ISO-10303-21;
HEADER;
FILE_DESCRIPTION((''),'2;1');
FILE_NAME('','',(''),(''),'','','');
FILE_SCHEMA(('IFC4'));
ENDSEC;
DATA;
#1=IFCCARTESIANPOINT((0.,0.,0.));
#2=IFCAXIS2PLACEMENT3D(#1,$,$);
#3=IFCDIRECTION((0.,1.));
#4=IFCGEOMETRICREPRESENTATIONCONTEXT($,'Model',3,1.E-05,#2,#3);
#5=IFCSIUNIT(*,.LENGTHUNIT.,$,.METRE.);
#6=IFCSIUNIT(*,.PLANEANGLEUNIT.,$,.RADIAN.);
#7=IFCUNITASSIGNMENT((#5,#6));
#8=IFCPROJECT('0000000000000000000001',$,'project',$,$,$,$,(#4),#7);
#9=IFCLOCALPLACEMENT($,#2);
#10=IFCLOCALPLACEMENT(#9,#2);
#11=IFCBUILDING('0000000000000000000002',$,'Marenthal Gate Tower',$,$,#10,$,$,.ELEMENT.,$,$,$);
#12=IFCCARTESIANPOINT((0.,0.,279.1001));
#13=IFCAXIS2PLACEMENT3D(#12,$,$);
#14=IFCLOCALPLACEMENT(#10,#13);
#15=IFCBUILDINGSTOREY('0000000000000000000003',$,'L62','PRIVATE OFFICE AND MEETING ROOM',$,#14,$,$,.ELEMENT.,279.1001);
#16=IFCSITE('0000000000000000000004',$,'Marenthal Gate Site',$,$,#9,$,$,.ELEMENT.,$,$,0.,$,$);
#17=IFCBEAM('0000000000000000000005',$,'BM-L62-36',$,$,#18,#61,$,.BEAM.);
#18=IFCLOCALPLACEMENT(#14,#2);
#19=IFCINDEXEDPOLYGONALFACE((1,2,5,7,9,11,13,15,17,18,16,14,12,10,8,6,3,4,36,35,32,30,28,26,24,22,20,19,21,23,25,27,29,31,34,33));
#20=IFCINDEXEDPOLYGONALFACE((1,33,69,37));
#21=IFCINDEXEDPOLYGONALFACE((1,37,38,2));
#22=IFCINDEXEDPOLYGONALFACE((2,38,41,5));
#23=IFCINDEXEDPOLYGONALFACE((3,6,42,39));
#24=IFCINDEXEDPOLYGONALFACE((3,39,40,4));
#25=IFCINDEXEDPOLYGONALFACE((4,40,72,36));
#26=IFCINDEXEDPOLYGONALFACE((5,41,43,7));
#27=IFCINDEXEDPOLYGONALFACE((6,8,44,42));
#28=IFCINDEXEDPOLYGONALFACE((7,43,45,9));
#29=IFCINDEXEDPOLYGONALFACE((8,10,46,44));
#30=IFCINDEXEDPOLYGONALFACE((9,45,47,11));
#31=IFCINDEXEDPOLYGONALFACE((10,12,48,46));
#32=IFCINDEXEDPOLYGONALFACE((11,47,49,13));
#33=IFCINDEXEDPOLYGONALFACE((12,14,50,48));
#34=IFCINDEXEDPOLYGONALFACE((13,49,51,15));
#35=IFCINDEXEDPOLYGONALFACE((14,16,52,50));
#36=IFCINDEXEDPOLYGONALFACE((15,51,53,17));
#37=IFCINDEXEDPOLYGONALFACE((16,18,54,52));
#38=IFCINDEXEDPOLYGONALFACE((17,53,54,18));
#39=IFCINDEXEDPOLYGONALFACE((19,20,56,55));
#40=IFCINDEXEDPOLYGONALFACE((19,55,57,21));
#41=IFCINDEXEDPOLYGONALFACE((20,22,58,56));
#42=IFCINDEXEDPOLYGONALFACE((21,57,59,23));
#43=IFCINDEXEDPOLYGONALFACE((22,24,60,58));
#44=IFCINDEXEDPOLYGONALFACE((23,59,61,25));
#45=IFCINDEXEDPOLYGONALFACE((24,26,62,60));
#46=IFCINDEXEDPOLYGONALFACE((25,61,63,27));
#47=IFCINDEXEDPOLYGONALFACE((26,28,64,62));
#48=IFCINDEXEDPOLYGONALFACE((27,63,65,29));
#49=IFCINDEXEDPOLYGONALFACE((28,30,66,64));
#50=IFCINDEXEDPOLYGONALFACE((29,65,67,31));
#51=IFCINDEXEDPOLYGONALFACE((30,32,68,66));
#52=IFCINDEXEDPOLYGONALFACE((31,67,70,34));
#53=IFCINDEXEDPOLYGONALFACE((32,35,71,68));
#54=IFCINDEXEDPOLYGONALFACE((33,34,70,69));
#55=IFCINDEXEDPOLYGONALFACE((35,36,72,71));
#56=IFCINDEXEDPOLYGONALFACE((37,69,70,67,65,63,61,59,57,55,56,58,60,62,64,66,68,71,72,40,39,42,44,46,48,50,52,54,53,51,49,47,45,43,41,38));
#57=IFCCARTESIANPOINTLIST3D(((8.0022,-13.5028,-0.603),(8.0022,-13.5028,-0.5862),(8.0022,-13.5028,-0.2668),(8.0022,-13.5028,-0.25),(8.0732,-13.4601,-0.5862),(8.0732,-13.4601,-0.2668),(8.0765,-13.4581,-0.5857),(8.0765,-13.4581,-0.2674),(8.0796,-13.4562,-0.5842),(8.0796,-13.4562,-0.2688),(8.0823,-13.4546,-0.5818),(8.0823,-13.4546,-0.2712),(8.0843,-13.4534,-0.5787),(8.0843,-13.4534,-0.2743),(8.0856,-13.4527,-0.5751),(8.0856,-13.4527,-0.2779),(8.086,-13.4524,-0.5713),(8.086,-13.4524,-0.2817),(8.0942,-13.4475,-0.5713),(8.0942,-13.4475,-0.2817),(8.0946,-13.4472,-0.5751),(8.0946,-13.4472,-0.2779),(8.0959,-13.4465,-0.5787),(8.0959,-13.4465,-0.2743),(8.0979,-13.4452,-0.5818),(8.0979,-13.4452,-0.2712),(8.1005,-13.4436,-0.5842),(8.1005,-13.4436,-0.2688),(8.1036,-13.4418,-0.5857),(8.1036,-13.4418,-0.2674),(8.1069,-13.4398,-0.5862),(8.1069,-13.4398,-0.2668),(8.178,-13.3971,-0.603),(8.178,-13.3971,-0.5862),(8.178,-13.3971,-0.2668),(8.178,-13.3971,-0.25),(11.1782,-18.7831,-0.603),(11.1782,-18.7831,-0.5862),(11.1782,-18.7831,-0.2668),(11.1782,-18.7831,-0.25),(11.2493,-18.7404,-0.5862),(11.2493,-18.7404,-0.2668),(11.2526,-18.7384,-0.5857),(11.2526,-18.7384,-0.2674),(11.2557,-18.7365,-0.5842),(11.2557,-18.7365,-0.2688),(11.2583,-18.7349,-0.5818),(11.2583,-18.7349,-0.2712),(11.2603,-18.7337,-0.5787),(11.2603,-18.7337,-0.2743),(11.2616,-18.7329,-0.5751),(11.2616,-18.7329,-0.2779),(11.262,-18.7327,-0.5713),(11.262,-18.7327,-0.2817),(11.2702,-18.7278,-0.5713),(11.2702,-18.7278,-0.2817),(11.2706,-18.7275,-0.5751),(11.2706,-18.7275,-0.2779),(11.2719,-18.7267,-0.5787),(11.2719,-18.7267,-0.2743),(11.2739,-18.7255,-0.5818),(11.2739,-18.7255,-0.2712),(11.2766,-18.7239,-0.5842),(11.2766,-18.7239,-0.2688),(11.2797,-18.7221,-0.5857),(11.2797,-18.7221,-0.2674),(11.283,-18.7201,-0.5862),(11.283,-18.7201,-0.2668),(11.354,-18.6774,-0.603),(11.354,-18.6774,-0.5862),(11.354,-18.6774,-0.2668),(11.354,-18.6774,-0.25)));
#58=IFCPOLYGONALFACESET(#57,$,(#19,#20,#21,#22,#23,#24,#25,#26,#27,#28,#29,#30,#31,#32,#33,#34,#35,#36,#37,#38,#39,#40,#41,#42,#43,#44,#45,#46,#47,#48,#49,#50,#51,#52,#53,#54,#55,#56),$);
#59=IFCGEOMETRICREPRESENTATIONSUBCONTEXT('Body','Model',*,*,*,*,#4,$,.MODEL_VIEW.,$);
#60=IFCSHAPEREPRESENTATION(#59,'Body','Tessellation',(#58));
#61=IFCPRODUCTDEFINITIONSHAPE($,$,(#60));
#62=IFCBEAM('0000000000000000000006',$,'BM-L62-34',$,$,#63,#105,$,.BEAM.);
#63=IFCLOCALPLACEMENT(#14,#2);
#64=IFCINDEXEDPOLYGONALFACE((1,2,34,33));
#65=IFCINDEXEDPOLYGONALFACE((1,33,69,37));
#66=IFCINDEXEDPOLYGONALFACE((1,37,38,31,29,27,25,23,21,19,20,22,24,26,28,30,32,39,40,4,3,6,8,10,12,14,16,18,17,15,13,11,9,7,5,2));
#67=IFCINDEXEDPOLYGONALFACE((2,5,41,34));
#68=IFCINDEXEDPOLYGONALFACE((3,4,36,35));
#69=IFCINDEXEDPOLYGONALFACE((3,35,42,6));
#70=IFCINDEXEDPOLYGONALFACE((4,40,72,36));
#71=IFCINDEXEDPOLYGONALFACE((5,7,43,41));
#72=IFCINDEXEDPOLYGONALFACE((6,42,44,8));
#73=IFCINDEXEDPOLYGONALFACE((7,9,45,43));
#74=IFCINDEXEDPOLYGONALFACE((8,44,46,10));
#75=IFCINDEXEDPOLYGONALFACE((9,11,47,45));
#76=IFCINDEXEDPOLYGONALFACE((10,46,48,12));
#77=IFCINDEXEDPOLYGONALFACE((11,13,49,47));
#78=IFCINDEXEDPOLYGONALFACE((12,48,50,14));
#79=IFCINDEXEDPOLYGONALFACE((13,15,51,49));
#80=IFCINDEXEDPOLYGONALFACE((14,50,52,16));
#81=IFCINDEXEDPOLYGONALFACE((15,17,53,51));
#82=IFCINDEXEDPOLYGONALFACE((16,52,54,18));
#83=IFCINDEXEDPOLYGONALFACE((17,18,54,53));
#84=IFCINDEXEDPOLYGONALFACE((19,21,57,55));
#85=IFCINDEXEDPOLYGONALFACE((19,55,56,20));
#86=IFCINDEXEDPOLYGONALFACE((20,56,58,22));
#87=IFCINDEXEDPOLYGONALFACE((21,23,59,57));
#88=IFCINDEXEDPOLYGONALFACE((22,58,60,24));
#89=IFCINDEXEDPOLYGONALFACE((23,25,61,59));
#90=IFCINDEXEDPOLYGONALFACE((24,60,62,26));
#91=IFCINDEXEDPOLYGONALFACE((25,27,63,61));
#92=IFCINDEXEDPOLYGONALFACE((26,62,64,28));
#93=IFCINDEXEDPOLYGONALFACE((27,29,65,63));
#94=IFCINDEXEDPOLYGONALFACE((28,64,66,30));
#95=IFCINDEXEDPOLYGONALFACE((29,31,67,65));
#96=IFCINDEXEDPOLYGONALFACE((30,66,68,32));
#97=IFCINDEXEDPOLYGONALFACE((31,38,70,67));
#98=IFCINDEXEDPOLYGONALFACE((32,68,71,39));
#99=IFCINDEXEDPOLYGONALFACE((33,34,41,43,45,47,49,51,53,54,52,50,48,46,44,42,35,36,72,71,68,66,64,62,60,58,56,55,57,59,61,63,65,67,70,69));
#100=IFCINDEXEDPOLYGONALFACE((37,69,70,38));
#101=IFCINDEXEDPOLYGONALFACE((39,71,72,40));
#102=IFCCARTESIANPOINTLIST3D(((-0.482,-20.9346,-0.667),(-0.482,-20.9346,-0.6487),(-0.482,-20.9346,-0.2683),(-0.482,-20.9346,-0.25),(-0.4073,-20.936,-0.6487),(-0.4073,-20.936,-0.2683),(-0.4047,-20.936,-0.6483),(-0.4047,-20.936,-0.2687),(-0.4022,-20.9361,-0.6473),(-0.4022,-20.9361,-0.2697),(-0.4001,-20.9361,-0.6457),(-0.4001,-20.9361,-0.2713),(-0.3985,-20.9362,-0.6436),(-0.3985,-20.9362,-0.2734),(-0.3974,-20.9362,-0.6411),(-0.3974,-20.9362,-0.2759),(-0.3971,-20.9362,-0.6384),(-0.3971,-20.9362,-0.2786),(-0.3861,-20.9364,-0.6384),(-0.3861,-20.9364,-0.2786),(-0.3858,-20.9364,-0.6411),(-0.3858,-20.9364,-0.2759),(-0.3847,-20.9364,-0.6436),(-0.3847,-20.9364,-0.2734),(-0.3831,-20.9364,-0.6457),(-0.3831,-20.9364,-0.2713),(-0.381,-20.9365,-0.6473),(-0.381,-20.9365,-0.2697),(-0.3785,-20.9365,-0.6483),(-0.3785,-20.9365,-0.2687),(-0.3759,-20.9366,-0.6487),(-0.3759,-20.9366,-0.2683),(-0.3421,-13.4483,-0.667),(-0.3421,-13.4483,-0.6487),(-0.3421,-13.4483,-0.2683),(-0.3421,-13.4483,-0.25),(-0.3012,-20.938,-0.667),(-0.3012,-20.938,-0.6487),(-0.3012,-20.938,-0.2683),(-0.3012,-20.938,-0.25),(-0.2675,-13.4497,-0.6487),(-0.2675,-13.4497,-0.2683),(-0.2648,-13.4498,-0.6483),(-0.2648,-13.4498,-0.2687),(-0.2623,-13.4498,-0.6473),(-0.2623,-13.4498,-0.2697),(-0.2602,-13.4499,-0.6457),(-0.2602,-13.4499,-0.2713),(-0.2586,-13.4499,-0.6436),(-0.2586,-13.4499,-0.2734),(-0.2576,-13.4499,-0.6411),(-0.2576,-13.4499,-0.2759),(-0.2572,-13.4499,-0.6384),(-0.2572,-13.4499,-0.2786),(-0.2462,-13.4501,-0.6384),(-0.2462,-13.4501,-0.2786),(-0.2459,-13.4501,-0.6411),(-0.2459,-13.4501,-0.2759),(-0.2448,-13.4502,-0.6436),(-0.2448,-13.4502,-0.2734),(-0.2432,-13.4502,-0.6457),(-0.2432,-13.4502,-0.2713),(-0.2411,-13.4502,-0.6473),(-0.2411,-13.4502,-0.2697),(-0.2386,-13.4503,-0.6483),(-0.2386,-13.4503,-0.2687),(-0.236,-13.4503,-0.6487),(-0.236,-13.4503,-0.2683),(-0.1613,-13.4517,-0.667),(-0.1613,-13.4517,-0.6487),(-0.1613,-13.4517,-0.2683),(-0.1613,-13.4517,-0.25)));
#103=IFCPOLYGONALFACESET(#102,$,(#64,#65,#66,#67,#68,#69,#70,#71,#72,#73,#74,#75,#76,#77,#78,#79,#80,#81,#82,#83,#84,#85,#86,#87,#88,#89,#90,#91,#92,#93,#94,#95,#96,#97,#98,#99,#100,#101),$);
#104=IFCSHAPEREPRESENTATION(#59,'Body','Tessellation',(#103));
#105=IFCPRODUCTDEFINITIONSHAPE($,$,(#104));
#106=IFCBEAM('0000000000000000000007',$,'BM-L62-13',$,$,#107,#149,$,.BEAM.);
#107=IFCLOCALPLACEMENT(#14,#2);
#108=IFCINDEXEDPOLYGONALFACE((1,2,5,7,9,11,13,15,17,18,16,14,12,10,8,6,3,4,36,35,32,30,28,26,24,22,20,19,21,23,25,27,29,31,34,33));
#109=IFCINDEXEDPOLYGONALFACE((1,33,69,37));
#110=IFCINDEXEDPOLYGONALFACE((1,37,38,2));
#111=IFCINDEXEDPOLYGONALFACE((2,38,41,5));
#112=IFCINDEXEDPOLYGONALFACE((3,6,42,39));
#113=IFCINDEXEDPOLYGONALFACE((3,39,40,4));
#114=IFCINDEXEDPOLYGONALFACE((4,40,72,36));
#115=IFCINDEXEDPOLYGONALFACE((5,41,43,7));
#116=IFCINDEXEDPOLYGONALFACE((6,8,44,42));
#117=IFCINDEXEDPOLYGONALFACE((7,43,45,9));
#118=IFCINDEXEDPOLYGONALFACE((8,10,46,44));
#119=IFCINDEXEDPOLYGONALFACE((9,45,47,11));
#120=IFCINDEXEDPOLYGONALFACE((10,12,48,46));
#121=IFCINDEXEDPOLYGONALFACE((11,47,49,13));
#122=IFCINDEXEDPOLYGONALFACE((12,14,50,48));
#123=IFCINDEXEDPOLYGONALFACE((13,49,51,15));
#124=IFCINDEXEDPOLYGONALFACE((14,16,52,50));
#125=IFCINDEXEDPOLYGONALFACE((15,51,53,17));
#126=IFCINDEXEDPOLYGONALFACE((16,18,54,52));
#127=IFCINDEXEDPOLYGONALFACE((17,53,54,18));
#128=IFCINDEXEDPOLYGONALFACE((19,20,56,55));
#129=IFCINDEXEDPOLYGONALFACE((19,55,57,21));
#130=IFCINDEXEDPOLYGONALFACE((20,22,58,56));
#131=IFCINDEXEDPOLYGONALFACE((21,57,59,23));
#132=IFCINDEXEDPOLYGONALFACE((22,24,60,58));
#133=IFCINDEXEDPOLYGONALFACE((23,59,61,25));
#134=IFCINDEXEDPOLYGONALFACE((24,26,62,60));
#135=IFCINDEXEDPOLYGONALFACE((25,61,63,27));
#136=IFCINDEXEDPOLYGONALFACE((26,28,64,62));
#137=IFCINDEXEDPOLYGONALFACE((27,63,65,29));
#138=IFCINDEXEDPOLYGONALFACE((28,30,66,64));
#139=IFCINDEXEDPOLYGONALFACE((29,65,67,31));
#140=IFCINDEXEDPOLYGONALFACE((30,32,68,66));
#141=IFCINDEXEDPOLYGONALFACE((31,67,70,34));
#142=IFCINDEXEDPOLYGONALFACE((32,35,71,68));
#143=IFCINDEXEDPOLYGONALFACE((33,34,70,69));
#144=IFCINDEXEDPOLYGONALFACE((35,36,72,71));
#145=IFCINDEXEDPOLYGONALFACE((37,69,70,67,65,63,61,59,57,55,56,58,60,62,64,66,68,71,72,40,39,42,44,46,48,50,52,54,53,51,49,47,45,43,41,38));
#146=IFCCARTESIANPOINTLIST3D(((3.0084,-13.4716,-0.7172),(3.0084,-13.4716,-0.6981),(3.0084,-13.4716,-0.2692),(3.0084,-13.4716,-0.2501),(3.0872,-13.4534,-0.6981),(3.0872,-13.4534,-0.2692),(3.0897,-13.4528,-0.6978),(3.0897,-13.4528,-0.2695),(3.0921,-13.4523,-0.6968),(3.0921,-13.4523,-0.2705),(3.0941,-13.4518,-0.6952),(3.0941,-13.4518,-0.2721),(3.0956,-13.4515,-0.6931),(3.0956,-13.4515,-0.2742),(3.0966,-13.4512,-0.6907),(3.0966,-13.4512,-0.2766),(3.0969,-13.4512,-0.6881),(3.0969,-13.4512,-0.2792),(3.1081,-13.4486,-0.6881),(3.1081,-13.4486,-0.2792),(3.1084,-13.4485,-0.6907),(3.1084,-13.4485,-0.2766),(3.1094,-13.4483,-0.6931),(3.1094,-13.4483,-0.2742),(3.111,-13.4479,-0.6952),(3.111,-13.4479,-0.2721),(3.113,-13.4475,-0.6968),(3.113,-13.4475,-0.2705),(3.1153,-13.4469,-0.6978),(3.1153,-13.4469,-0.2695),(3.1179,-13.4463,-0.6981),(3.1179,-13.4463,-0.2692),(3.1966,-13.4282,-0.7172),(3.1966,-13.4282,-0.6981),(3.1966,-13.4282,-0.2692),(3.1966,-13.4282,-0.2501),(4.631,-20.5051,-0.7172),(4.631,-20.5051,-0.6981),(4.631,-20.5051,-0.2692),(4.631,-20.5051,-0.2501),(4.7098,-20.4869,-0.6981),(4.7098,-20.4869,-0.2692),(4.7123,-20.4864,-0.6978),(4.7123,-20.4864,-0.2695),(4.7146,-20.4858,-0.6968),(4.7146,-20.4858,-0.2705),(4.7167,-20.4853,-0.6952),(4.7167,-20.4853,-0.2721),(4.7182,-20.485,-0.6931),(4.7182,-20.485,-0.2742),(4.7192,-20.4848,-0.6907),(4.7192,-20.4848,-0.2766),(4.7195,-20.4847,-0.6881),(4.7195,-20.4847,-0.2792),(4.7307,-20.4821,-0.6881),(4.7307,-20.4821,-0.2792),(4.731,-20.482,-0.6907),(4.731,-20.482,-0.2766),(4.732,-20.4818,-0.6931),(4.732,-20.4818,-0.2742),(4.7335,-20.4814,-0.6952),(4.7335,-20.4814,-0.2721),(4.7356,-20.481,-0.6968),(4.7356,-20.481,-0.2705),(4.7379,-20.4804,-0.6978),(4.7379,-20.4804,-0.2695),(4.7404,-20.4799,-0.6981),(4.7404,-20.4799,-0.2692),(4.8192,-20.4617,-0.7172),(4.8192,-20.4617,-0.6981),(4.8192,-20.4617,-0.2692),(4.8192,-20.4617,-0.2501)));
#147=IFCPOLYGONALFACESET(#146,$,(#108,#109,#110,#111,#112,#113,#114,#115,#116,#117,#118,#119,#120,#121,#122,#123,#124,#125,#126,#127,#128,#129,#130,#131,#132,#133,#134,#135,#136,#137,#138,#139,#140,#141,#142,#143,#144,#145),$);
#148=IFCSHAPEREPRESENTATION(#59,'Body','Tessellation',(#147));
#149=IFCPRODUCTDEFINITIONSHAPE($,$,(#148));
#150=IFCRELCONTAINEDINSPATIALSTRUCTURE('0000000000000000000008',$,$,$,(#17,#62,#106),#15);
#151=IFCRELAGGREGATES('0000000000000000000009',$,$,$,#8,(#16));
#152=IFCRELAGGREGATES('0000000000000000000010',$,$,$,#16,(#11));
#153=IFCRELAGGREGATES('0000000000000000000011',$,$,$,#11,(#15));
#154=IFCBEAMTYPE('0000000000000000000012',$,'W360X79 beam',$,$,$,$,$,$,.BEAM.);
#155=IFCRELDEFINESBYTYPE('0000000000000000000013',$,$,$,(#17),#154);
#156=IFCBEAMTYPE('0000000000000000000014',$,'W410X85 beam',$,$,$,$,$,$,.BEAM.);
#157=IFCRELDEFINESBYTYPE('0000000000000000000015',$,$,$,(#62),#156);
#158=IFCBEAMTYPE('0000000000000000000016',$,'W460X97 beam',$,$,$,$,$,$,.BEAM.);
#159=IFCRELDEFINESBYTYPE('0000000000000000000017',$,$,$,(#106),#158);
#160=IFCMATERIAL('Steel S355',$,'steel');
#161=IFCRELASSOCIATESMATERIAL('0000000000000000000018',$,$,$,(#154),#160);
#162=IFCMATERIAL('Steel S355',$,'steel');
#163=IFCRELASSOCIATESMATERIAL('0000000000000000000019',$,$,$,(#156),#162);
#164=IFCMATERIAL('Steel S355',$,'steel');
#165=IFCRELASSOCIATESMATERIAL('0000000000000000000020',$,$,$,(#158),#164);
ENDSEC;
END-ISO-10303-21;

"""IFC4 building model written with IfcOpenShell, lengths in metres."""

from ifc_helpers import new_model, si_unit, direction, frame, origin, origin_2d, place, context, subcontext, project, spatial, i_section, extrude, material, material_profile, profile_set, type_object, element, save


model = new_model("IFC4")

# Units and contexts
model_context = context("Model", 3, precision=1e-05, world=origin(), true_north=direction((0.0, 1.0)))
body_context = subcontext(model_context, "Body", "Model", "MODEL_VIEW")
ifc_project = project(units=[si_unit("LENGTHUNIT", "METRE"), si_unit("PLANEANGLEUNIT", "RADIAN")], contexts=[model_context])

# Site, building, storey
site_placement = place(None, origin())
site = spatial("IfcSite", under=ifc_project, at=site_placement, Name="Marenthal Gate Site", CompositionType="ELEMENT", RefElevation=0.0)
building_placement = place(site_placement, origin())
building = spatial("IfcBuilding", under=site, at=building_placement, Name="Marenthal Gate Tower", CompositionType="ELEMENT")
storey_placement = place(building_placement, frame((0.0, 0.0, 279.1001)))
storey = spatial("IfcBuildingStorey", under=building, at=storey_placement, Name="L62", Description="PRIVATE OFFICE AND MEETING ROOM", CompositionType="ELEMENT", Elevation=279.1001)

# Beams
ifc_material_1 = material(Name="Steel S355", Category="steel")
ifc_material_profile_1 = material_profile(ifc_material_1, i_section(OverallWidth=0.2051, OverallDepth=0.353, WebThickness=0.0095, FlangeThickness=0.0168, FilletRadius=0.0149, at=origin_2d()), Name="W360X79")
ifc_profile_set_1 = profile_set([ifc_material_profile_1], Name="Steel S355")
beam_type_1 = type_object("IfcBeamType", Name="W360X79 beam", PredefinedType="BEAM", material=ifc_profile_set_1)
beam_1_placement = place(storey_placement, frame((11.2661, -18.7302, -0.4265), z_axis=(-0.515434, 0.85693, 0.0), x_axis=(-0.85693, -0.515434, 0.0)))
element("IfcBeam", 1, at=beam_1_placement, inside=storey, type_object=beam_type_1, Name="BM-L62-36", PredefinedType="BEAM", context=body_context, shape_type="SweptSolid", body=[
    extrude(i_section(OverallWidth=0.2051, OverallDepth=0.353, WebThickness=0.0095, FlangeThickness=0.0168, FilletRadius=0.0149, at=origin_2d()), origin(), (0.0, 0.0, 1.0), 6.1619),
])
ifc_material_2 = material(Name="Steel S355", Category="steel")
ifc_material_profile_2 = material_profile(ifc_material_2, i_section(OverallWidth=0.1809, OverallDepth=0.417, WebThickness=0.011, FlangeThickness=0.0183, FilletRadius=0.0103, at=origin_2d()), Name="W410X85")
ifc_profile_set_2 = profile_set([ifc_material_profile_2], Name="Steel S355")
beam_type_2 = type_object("IfcBeamType", Name="W410X85 beam", PredefinedType="BEAM", material=ifc_profile_set_2)
beam_2_placement = place(storey_placement, frame((-0.3916, -20.9363, -0.4585), z_axis=(0.018683, 0.999825, 0.0), x_axis=(-0.999825, 0.018683, 0.0)))
element("IfcBeam", 2, at=beam_2_placement, inside=storey, type_object=beam_type_2, Name="BM-L62-34", PredefinedType="BEAM", context=body_context, shape_type="SweptSolid", body=[
    extrude(i_section(OverallWidth=0.1809, OverallDepth=0.417, WebThickness=0.011, FlangeThickness=0.0183, FilletRadius=0.0103, at=origin_2d()), origin(), (0.0, 0.0, 1.0), 7.4875),
])
ifc_material_3 = material(Name="Steel S355", Category="steel")
ifc_material_profile_3 = material_profile(ifc_material_3, i_section(OverallWidth=0.1931, OverallDepth=0.467, WebThickness=0.0115, FlangeThickness=0.019, FilletRadius=0.01, at=origin_2d()), Name="W460X97")
ifc_profile_set_3 = profile_set([ifc_material_profile_3], Name="Steel S355")
beam_type_3 = type_object("IfcBeamType", Name="W460X97 beam", PredefinedType="BEAM", material=ifc_profile_set_3)
beam_3_placement = place(storey_placement, frame((4.7251, -20.4834, -0.4836), z_axis=(-0.224788, 0.974408, 0.0), x_axis=(-0.974408, -0.224788, 0.0)))
element("IfcBeam", 3, at=beam_3_placement, inside=storey, type_object=beam_type_3, Name="BM-L62-13", PredefinedType="BEAM", context=body_context, shape_type="SweptSolid", body=[
    extrude(i_section(OverallWidth=0.1931, OverallDepth=0.467, WebThickness=0.0115, FlangeThickness=0.019, FilletRadius=0.01, at=origin_2d()), origin(), (0.0, 0.0, 1.0), 7.2183),
])

save(model, "model.ifc")
